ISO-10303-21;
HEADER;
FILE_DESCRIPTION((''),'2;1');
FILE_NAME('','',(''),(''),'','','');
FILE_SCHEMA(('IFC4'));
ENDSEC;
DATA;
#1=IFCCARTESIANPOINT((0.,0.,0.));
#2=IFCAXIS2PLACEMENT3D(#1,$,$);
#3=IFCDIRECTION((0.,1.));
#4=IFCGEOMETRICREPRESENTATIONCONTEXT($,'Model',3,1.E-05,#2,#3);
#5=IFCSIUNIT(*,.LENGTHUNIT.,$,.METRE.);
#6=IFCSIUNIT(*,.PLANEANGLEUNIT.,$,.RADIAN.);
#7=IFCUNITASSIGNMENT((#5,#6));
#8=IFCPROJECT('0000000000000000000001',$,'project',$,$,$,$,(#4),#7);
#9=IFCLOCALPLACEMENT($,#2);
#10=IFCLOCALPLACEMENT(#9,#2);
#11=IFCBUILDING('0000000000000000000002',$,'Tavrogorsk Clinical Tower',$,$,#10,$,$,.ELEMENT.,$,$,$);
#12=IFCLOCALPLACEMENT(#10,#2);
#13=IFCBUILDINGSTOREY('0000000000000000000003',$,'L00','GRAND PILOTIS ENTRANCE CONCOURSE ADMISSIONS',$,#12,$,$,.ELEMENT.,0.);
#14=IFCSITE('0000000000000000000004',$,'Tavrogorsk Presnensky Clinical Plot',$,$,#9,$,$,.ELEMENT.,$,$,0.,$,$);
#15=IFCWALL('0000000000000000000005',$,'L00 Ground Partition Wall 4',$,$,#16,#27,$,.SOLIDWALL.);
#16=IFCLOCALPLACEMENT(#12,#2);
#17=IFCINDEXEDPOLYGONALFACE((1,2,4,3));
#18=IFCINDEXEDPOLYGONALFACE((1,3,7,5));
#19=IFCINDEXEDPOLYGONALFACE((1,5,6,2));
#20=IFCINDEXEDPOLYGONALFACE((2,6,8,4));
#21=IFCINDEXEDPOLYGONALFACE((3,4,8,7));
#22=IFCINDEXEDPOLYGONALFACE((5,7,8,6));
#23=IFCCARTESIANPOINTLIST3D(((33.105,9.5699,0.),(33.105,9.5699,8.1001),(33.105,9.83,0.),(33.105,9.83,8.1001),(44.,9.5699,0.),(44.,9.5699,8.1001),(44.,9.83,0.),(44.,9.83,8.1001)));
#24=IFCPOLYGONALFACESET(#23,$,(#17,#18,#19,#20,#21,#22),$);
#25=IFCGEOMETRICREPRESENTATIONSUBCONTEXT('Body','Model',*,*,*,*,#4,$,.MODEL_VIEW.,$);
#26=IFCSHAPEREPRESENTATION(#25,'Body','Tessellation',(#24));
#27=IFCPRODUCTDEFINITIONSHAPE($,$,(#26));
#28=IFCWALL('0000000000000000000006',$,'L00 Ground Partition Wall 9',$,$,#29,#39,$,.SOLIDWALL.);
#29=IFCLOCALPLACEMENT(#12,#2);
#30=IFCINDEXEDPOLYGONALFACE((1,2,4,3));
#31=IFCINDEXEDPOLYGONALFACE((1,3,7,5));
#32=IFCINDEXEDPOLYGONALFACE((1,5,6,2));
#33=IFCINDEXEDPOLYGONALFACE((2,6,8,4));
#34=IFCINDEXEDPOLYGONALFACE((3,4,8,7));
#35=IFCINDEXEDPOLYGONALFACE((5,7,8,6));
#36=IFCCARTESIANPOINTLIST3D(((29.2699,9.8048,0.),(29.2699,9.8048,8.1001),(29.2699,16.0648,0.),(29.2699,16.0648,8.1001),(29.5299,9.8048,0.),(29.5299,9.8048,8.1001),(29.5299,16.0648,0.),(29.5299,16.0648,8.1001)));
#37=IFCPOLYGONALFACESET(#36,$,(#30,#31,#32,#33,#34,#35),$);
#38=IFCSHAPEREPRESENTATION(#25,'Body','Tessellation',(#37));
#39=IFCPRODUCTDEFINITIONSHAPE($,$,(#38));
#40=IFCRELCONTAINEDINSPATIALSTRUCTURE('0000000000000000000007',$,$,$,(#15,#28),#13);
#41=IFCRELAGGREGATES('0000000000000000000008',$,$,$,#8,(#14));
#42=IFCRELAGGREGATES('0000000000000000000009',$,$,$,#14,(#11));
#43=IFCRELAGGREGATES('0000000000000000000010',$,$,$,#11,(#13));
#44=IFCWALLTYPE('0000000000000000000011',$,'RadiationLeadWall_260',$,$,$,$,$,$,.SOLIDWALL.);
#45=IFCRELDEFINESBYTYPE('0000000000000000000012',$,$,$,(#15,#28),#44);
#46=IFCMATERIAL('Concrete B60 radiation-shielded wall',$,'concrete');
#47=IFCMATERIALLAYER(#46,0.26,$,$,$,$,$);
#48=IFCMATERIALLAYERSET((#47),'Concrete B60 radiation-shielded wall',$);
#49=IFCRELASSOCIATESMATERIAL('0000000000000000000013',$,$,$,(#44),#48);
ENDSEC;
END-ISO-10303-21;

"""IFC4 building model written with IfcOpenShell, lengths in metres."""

from ifc_helpers import new_model, si_unit, direction, frame, frame_2d, origin, place, context, subcontext, project, spatial, rectangle, extrude, material, layer, layer_set, type_object, element, save


model = new_model("IFC4")

# Units and contexts
model_context = context("Model", 3, precision=1e-05, world=origin(), true_north=direction((0.0, 1.0)))
body_context = subcontext(model_context, "Body", "Model", "MODEL_VIEW")
ifc_project = project(units=[si_unit("LENGTHUNIT", "METRE"), si_unit("PLANEANGLEUNIT", "RADIAN")], contexts=[model_context])

# Site, building, storey
site_placement = place(None, origin())
site = spatial("IfcSite", under=ifc_project, at=site_placement, Name="Tavrogorsk Presnensky Clinical Plot", CompositionType="ELEMENT", RefElevation=0.0)
building_placement = place(site_placement, origin())
building = spatial("IfcBuilding", under=site, at=building_placement, Name="Tavrogorsk Clinical Tower", CompositionType="ELEMENT")
storey_placement = place(building_placement, origin())
storey = spatial("IfcBuildingStorey", under=building, at=storey_placement, Name="L00", Description="GRAND PILOTIS ENTRANCE CONCOURSE ADMISSIONS", CompositionType="ELEMENT", Elevation=0.0)

# Walls
ifc_material_1 = material(Name="Concrete B60 radiation-shielded wall", Category="concrete")
ifc_layer_1 = layer(ifc_material_1, 0.26)
ifc_layer_set_1 = layer_set([ifc_layer_1], Name="Concrete B60 radiation-shielded wall")
wall_type_1 = type_object("IfcWallType", Name="RadiationLeadWall_260", PredefinedType="SOLIDWALL", material=ifc_layer_set_1)
wall_1_placement = place(storey_placement, frame((33.105, 9.7, 0.0), z_axis=(0.0, 0.0, 1.0), x_axis=(1.0, 0.0, 0.0)))
element("IfcWall", 1, at=wall_1_placement, inside=storey, type_object=wall_type_1, Name="L00 Ground Partition Wall 4", PredefinedType="SOLIDWALL", context=body_context, shape_type="SweptSolid", body=[
    extrude(rectangle(XDim=10.895, YDim=0.26, at=frame_2d((5.4475, 0.0))), origin(), (0.0, 0.0, 1.0), 8.1001),
])
wall_2_placement = place(storey_placement, frame((29.3999, 9.8049, 0.0), z_axis=(0.0, 0.0, 1.0), x_axis=(0.0, 1.0, 0.0)))
element("IfcWall", 2, at=wall_2_placement, inside=storey, type_object=wall_type_1, Name="L00 Ground Partition Wall 9", PredefinedType="SOLIDWALL", context=body_context, shape_type="SweptSolid", body=[
    extrude(rectangle(XDim=6.26, YDim=0.26, at=frame_2d((3.1299, 0.0))), origin(), (0.0, 0.0, 1.0), 8.1001),
])

save(model, "model.ifc")
